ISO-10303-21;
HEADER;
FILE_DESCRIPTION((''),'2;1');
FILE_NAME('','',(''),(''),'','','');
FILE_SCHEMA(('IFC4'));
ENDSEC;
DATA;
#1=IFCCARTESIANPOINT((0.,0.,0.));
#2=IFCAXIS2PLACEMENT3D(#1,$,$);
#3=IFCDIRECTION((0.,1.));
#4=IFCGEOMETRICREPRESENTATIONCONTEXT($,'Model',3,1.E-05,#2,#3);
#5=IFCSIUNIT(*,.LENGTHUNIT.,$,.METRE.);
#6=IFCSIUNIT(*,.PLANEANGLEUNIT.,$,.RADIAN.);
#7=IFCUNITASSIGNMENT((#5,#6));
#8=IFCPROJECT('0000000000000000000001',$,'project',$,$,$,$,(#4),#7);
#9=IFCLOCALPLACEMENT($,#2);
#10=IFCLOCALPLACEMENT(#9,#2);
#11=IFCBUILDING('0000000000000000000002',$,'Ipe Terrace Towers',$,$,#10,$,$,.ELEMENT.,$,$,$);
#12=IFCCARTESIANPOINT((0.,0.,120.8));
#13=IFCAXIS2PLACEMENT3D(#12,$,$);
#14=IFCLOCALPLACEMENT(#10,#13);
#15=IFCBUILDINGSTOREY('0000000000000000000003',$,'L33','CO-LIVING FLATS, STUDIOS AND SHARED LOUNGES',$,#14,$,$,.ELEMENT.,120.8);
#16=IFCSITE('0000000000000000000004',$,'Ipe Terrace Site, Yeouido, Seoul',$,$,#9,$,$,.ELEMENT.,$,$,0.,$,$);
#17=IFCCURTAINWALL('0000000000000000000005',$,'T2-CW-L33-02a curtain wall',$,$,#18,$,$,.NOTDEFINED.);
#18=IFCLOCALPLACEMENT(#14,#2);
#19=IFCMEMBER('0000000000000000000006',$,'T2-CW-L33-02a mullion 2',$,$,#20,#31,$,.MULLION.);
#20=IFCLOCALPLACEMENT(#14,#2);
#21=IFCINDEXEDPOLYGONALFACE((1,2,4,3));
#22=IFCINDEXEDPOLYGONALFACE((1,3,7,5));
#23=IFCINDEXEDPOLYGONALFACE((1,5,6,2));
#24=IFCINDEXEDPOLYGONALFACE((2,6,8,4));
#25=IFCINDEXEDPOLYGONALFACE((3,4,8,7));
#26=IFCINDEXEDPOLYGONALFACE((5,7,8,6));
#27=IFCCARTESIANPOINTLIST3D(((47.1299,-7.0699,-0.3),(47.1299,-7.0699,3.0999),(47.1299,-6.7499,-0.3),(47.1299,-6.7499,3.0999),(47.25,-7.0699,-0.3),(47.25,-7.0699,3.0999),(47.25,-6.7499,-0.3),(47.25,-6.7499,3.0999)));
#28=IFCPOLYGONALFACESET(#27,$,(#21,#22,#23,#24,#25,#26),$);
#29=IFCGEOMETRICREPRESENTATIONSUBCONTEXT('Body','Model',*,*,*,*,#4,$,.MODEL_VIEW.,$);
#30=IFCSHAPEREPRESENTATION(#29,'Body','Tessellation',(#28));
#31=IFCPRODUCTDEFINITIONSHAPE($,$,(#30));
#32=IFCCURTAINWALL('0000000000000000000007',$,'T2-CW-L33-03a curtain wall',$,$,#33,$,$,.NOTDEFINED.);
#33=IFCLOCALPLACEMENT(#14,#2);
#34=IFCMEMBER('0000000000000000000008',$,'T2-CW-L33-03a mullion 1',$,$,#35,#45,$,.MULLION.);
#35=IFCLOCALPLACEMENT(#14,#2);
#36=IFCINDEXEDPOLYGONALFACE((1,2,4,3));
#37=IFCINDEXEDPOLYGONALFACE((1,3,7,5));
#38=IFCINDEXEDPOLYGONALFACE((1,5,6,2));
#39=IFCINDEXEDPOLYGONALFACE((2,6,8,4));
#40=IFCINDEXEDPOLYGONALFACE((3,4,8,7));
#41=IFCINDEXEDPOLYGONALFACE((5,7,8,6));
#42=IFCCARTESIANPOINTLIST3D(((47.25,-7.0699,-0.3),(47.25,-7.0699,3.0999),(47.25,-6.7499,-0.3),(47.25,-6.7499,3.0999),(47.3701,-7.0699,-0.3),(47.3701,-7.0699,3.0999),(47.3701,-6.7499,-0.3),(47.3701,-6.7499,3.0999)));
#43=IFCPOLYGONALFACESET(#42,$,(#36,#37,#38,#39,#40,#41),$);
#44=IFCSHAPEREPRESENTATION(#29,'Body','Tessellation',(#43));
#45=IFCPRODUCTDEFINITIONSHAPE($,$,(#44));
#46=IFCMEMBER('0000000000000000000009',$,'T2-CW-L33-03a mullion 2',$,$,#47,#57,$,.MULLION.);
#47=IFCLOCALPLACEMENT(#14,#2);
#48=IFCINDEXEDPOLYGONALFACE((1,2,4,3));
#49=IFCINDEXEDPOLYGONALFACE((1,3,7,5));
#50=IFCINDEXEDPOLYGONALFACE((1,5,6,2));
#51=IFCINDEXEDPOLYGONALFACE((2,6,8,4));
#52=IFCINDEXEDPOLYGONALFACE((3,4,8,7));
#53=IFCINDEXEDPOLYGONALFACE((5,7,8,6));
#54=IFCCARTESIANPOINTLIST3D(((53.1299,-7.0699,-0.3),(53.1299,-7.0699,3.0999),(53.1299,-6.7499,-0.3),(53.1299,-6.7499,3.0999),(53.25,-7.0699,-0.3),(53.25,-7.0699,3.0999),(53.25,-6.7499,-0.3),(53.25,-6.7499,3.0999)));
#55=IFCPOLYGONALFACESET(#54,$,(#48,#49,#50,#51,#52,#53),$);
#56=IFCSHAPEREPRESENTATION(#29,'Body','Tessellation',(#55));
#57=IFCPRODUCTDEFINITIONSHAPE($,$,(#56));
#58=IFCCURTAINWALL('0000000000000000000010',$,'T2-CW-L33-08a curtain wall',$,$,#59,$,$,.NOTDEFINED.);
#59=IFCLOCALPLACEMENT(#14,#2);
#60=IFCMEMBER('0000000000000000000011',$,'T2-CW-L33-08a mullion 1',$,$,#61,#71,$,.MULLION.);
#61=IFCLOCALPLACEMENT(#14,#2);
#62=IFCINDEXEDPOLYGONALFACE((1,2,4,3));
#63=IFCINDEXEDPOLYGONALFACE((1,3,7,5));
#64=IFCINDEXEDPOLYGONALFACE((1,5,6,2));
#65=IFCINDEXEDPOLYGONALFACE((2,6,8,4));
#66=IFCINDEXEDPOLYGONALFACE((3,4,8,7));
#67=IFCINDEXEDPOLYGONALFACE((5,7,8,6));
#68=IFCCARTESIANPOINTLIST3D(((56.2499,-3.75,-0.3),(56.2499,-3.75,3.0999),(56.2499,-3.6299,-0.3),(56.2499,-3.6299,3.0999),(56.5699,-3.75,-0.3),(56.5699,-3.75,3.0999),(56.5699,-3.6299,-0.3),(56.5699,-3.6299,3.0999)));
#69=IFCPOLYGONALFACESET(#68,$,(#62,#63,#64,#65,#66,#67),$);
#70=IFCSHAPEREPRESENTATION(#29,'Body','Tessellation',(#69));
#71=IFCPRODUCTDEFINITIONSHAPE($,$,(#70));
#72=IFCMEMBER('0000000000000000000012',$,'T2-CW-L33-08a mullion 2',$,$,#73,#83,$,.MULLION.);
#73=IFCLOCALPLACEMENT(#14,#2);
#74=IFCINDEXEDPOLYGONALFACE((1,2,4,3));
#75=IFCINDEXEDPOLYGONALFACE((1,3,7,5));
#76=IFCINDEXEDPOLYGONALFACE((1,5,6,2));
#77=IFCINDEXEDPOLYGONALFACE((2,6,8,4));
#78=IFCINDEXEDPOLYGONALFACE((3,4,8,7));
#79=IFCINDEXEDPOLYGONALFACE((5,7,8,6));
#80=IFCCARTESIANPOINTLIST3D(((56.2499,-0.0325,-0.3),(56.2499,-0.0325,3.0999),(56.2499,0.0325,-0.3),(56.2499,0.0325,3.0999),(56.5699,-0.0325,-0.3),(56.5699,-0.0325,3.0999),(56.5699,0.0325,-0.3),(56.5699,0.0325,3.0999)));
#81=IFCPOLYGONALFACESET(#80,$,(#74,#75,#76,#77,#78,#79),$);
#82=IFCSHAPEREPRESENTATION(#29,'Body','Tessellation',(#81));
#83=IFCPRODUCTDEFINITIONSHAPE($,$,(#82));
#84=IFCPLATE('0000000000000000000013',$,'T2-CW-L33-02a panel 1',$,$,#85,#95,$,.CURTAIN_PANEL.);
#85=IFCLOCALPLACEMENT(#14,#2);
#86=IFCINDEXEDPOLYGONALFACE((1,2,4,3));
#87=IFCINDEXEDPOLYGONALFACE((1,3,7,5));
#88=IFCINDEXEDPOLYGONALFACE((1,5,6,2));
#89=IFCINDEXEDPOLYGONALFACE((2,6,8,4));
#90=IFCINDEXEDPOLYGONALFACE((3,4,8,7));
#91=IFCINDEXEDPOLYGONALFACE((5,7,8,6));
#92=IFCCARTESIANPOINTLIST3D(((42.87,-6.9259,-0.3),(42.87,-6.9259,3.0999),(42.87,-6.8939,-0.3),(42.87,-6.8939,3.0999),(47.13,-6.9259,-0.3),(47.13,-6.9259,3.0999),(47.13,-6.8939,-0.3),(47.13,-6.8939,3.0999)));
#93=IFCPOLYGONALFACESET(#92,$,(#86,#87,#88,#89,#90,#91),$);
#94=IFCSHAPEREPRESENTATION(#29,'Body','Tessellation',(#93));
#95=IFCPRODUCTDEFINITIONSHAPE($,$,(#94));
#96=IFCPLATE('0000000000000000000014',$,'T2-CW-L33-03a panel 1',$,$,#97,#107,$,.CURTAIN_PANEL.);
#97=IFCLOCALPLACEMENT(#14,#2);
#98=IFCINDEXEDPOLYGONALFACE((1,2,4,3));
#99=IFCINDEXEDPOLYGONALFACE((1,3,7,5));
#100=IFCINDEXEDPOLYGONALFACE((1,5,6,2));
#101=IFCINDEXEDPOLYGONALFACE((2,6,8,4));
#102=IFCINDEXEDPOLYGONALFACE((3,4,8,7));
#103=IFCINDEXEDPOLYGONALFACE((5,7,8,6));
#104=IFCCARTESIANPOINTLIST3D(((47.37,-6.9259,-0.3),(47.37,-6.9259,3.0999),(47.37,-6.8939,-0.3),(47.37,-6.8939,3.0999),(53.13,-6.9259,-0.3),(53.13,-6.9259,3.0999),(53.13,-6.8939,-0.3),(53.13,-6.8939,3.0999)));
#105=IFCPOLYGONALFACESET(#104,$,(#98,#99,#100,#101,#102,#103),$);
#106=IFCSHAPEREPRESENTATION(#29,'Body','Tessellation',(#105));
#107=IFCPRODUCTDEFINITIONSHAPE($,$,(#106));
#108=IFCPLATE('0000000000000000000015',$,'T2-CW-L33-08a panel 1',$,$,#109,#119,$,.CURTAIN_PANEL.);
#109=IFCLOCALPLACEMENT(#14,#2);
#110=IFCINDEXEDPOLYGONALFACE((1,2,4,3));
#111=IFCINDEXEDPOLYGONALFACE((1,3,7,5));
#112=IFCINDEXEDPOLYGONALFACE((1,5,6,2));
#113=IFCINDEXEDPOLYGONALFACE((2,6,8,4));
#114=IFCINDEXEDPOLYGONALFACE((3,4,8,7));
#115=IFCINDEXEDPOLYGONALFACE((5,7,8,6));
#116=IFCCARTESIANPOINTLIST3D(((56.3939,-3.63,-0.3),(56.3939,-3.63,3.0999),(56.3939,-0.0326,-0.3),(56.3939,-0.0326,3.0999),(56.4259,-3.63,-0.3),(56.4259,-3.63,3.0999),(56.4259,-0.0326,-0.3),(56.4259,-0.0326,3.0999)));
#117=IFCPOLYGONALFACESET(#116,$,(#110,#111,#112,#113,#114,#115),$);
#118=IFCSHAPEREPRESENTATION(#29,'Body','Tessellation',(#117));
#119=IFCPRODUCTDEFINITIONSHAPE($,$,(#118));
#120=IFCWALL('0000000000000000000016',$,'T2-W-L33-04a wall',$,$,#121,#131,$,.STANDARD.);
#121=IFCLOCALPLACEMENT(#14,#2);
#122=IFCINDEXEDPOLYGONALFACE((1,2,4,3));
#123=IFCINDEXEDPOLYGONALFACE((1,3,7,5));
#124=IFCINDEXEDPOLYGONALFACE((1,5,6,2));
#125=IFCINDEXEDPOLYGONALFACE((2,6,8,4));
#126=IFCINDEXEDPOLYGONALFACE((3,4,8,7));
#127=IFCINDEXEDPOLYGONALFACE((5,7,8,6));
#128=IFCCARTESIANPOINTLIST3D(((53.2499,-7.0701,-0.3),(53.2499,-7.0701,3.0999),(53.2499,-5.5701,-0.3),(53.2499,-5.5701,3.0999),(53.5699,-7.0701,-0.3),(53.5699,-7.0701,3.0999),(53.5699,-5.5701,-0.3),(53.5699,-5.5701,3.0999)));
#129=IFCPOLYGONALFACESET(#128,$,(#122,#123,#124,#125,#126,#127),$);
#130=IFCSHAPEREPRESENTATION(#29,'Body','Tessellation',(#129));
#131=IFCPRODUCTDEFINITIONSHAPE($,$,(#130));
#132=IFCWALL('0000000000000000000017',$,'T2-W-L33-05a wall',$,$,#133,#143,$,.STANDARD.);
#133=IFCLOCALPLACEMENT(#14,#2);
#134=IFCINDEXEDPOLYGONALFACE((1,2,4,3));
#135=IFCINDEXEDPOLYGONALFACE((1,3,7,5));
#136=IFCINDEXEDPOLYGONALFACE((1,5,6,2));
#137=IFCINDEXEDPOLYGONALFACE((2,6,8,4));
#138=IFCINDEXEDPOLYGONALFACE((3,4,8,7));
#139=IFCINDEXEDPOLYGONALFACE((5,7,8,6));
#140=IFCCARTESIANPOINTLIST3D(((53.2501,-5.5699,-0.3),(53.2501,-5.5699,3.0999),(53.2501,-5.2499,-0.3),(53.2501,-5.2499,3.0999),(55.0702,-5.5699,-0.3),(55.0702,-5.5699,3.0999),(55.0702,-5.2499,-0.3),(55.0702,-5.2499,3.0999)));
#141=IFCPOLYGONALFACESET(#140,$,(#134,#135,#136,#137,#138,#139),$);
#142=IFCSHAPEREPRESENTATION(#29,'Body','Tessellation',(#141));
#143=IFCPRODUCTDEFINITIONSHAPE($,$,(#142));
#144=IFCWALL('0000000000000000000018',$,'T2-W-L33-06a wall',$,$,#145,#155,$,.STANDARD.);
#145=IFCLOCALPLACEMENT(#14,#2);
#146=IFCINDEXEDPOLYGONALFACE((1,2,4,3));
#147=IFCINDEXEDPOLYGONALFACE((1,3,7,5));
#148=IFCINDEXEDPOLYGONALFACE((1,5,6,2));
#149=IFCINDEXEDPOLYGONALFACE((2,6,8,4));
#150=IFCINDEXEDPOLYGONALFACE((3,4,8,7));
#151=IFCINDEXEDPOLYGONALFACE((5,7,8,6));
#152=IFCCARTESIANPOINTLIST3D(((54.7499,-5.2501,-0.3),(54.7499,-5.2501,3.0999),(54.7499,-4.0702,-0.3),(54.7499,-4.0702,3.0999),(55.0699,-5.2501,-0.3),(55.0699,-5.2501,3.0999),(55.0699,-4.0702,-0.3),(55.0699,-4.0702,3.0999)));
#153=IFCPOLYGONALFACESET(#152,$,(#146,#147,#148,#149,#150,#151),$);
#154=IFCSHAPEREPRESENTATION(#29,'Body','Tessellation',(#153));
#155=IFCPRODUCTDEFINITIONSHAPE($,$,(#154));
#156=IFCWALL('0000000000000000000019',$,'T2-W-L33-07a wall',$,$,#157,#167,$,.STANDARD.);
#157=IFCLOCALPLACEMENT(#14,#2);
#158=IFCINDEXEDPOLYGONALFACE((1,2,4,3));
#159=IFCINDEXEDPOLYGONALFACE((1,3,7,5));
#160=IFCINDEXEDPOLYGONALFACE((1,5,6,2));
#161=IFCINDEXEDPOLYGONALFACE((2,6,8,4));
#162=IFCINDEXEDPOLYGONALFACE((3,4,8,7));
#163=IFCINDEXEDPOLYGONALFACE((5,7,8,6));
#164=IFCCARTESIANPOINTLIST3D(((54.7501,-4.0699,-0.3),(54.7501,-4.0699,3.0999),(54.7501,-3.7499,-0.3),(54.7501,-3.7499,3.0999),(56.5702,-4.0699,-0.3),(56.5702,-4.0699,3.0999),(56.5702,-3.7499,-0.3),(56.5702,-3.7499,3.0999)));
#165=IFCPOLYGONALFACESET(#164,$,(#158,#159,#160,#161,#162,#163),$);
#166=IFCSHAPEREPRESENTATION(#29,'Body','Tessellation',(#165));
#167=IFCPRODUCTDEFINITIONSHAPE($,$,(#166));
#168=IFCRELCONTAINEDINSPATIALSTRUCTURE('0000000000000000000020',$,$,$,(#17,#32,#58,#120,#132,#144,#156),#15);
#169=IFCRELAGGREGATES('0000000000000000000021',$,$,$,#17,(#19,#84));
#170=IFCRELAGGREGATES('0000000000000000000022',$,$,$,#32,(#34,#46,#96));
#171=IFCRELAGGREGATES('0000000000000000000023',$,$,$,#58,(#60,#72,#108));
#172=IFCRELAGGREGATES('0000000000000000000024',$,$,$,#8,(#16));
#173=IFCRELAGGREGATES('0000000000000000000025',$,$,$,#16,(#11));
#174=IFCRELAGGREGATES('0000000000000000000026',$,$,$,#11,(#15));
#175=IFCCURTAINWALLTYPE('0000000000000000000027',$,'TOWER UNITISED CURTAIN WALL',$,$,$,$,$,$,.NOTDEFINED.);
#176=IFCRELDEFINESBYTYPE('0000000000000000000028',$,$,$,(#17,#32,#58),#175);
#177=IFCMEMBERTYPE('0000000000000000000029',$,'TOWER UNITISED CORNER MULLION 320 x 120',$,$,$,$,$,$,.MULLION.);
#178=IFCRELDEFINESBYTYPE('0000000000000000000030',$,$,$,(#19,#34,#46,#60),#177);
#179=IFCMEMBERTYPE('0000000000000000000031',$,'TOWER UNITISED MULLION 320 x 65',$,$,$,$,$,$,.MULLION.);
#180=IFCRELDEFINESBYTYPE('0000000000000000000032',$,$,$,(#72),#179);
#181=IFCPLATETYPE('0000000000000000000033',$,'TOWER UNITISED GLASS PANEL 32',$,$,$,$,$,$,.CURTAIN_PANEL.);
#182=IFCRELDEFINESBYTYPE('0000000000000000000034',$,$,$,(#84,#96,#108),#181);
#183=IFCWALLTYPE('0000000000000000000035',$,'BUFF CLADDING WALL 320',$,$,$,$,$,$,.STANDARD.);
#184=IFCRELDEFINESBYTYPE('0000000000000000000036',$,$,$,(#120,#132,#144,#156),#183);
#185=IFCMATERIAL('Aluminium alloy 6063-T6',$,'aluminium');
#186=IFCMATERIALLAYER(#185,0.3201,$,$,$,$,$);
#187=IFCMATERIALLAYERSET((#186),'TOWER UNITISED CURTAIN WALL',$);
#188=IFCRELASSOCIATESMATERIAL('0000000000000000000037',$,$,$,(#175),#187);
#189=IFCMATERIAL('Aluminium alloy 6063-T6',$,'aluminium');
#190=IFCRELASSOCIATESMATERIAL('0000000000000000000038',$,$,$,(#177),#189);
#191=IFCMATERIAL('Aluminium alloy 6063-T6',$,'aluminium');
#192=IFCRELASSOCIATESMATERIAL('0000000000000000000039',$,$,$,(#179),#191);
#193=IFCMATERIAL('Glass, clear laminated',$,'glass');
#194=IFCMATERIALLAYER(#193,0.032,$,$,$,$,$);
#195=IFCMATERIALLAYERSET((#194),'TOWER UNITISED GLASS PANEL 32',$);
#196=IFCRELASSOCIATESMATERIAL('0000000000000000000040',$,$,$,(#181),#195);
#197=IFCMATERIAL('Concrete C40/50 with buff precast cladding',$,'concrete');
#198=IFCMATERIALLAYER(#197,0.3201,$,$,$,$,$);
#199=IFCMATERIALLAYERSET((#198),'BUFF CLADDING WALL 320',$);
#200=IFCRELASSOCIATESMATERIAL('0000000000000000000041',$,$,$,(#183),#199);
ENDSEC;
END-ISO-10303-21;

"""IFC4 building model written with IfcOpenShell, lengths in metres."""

from ifc_helpers import new_model, si_unit, direction, frame, frame_2d, origin, origin_2d, place, context, subcontext, project, spatial, rectangle, extrude, material, layer, layer_set, material_profile, profile_set, type_object, element, aggregate, save


model = new_model("IFC4")

# Units and contexts
model_context = context("Model", 3, precision=1e-05, world=origin(), true_north=direction((0.0, 1.0)))
body_context = subcontext(model_context, "Body", "Model", "MODEL_VIEW")
ifc_project = project(units=[si_unit("LENGTHUNIT", "METRE"), si_unit("PLANEANGLEUNIT", "RADIAN")], contexts=[model_context])

# Site, building, storey
site_placement = place(None, origin())
site = spatial("IfcSite", under=ifc_project, at=site_placement, Name="Ipe Terrace Site, Yeouido, Seoul", CompositionType="ELEMENT", RefElevation=0.0)
building_placement = place(site_placement, origin())
building = spatial("IfcBuilding", under=site, at=building_placement, Name="Ipe Terrace Towers", CompositionType="ELEMENT")
storey_placement = place(building_placement, frame((0.0, 0.0, 120.8)))
storey = spatial("IfcBuildingStorey", under=building, at=storey_placement, Name="L33", Description="CO-LIVING FLATS, STUDIOS AND SHARED LOUNGES", CompositionType="ELEMENT", Elevation=120.8)

# Curtain walls, members
ifc_material_1 = material(Name="Aluminium alloy 6063-T6", Category="aluminium")
ifc_layer_1 = layer(ifc_material_1, 0.3201)
ifc_layer_set_1 = layer_set([ifc_layer_1], Name="TOWER UNITISED CURTAIN WALL")
curtain_wall_type = type_object("IfcCurtainWallType", Name="TOWER UNITISED CURTAIN WALL", PredefinedType="NOTDEFINED", material=ifc_layer_set_1)
curtain_wall_1_placement = place(storey_placement, origin())
curtain_wall_1 = element("IfcCurtainWall", 1, at=curtain_wall_1_placement, inside=storey, type_object=curtain_wall_type, Name="T2-CW-L33-02a curtain wall", PredefinedType="NOTDEFINED")
ifc_material_2 = material(Name="Aluminium alloy 6063-T6", Category="aluminium")
ifc_material_profile_1 = material_profile(ifc_material_2, rectangle(XDim=0.3201, YDim=0.1201, at=origin_2d()), Name="TOWER UNITISED CORNER MULLION 320 x 120")
ifc_profile_set_1 = profile_set([ifc_material_profile_1], Name="Aluminium alloy 6063-T6")
member_type_1 = type_object("IfcMemberType", Name="TOWER UNITISED CORNER MULLION 320 x 120", PredefinedType="MULLION", material=ifc_profile_set_1)
member_1_placement = place(storey_placement, frame((47.1899, -6.9099, -0.3), z_axis=(0.0, 0.0, 1.0), x_axis=(0.0, -1.0, 0.0)))
member_1 = element("IfcMember", 2, at=member_1_placement, type_object=member_type_1, Name="T2-CW-L33-02a mullion 2", PredefinedType="MULLION", context=body_context, shape_type="SweptSolid", body=[
    extrude(rectangle(XDim=0.3201, YDim=0.1201, at=origin_2d()), origin(), (0.0, 0.0, 1.0), 3.3999),
])
curtain_wall_2_placement = place(storey_placement, origin())
curtain_wall_2 = element("IfcCurtainWall", 3, at=curtain_wall_2_placement, inside=storey, type_object=curtain_wall_type, Name="T2-CW-L33-03a curtain wall", PredefinedType="NOTDEFINED")
member_2_placement = place(storey_placement, frame((47.3101, -6.9099, -0.3), z_axis=(0.0, 0.0, 1.0), x_axis=(0.0, -1.0, 0.0)))
member_2 = element("IfcMember", 4, at=member_2_placement, type_object=member_type_1, Name="T2-CW-L33-03a mullion 1", PredefinedType="MULLION", context=body_context, shape_type="SweptSolid", body=[
    extrude(rectangle(XDim=0.3201, YDim=0.1201, at=origin_2d()), origin(), (0.0, 0.0, 1.0), 3.3999),
])
member_3_placement = place(storey_placement, frame((53.1899, -6.9099, -0.3), z_axis=(0.0, 0.0, 1.0), x_axis=(0.0, -1.0, 0.0)))
member_3 = element("IfcMember", 5, at=member_3_placement, type_object=member_type_1, Name="T2-CW-L33-03a mullion 2", PredefinedType="MULLION", context=body_context, shape_type="SweptSolid", body=[
    extrude(rectangle(XDim=0.3201, YDim=0.1201, at=origin_2d()), origin(), (0.0, 0.0, 1.0), 3.3999),
])
curtain_wall_3_placement = place(storey_placement, origin())
curtain_wall_3 = element("IfcCurtainWall", 6, at=curtain_wall_3_placement, inside=storey, type_object=curtain_wall_type, Name="T2-CW-L33-08a curtain wall", PredefinedType="NOTDEFINED")
member_4_placement = place(storey_placement, frame((56.4099, -3.6899, -0.3), z_axis=(0.0, 0.0, 1.0), x_axis=(1.0, 0.0, 0.0)))
member_4 = element("IfcMember", 7, at=member_4_placement, type_object=member_type_1, Name="T2-CW-L33-08a mullion 1", PredefinedType="MULLION", context=body_context, shape_type="SweptSolid", body=[
    extrude(rectangle(XDim=0.3201, YDim=0.1201, at=origin_2d()), origin(), (0.0, 0.0, 1.0), 3.3999),
])
ifc_material_3 = material(Name="Aluminium alloy 6063-T6", Category="aluminium")
ifc_material_profile_2 = material_profile(ifc_material_3, rectangle(XDim=0.3201, YDim=0.0649, at=origin_2d()), Name="TOWER UNITISED MULLION 320 x 65")
ifc_profile_set_2 = profile_set([ifc_material_profile_2], Name="Aluminium alloy 6063-T6")
member_type_2 = type_object("IfcMemberType", Name="TOWER UNITISED MULLION 320 x 65", PredefinedType="MULLION", material=ifc_profile_set_2)
member_5_placement = place(storey_placement, frame((56.4099, 0.0, -0.3), z_axis=(0.0, 0.0, 1.0), x_axis=(1.0, 0.0, 0.0)))
member_5 = element("IfcMember", 8, at=member_5_placement, type_object=member_type_2, Name="T2-CW-L33-08a mullion 2", PredefinedType="MULLION", context=body_context, shape_type="SweptSolid", body=[
    extrude(rectangle(XDim=0.3201, YDim=0.0649, at=origin_2d()), origin(), (0.0, 0.0, 1.0), 3.3999),
])

# Plates
ifc_material_4 = material(Name="Glass, clear laminated", Category="glass")
ifc_layer_2 = layer(ifc_material_4, 0.032)
ifc_layer_set_2 = layer_set([ifc_layer_2], Name="TOWER UNITISED GLASS PANEL 32")
plate_type = type_object("IfcPlateType", Name="TOWER UNITISED GLASS PANEL 32", PredefinedType="CURTAIN_PANEL", material=ifc_layer_set_2)
plate_1_placement = place(storey_placement, frame((45.0, -6.9099, -0.3), z_axis=(0.0, 0.0, 1.0), x_axis=(1.0, 0.0, 0.0)))
plate_1 = element("IfcPlate", 9, at=plate_1_placement, type_object=plate_type, Name="T2-CW-L33-02a panel 1", PredefinedType="CURTAIN_PANEL", context=body_context, shape_type="SweptSolid", body=[
    extrude(rectangle(XDim=4.26, YDim=0.032, at=origin_2d()), origin(), (0.0, 0.0, 1.0), 3.3999),
])
aggregate(curtain_wall_1, [member_1, plate_1])
plate_2_placement = place(storey_placement, frame((50.25, -6.9099, -0.3), z_axis=(0.0, 0.0, 1.0), x_axis=(1.0, 0.0, 0.0)))
plate_2 = element("IfcPlate", 10, at=plate_2_placement, type_object=plate_type, Name="T2-CW-L33-03a panel 1", PredefinedType="CURTAIN_PANEL", context=body_context, shape_type="SweptSolid", body=[
    extrude(rectangle(XDim=5.76, YDim=0.032, at=origin_2d()), origin(), (0.0, 0.0, 1.0), 3.3999),
])
aggregate(curtain_wall_2, [member_2, member_3, plate_2])
plate_3_placement = place(storey_placement, frame((56.4099, -1.8313, -0.3), z_axis=(0.0, 0.0, 1.0), x_axis=(0.0, 1.0, 0.0)))
plate_3 = element("IfcPlate", 11, at=plate_3_placement, type_object=plate_type, Name="T2-CW-L33-08a panel 1", PredefinedType="CURTAIN_PANEL", context=body_context, shape_type="SweptSolid", body=[
    extrude(rectangle(XDim=3.5974, YDim=0.032, at=origin_2d()), origin(), (0.0, 0.0, 1.0), 3.3999),
])
aggregate(curtain_wall_3, [member_4, member_5, plate_3])

# Walls
ifc_material_5 = material(Name="Concrete C40/50 with buff precast cladding", Category="concrete")
ifc_layer_3 = layer(ifc_material_5, 0.3201)
ifc_layer_set_3 = layer_set([ifc_layer_3], Name="BUFF CLADDING WALL 320")
wall_type_1 = type_object("IfcWallType", Name="BUFF CLADDING WALL 320", PredefinedType="STANDARD", material=ifc_layer_set_3)
wall_1_placement = place(storey_placement, frame((53.4099, -7.0701, -0.3), z_axis=(0.0, 0.0, 1.0), x_axis=(0.0, 1.0, 0.0)))
element("IfcWall", 12, at=wall_1_placement, inside=storey, type_object=wall_type_1, Name="T2-W-L33-04a wall", PredefinedType="STANDARD", context=body_context, shape_type="SweptSolid", body=[
    extrude(rectangle(XDim=1.5, YDim=0.3201, at=frame_2d((0.75, 0.0))), origin(), (0.0, 0.0, 1.0), 3.3999),
])
wall_2_placement = place(storey_placement, frame((53.25, -5.4099, -0.3), z_axis=(0.0, 0.0, 1.0), x_axis=(1.0, 0.0, 0.0)))
element("IfcWall", 13, at=wall_2_placement, inside=storey, type_object=wall_type_1, Name="T2-W-L33-05a wall", PredefinedType="STANDARD", context=body_context, shape_type="SweptSolid", body=[
    extrude(rectangle(XDim=1.8201, YDim=0.3201, at=frame_2d((0.9102, 0.0))), origin(), (0.0, 0.0, 1.0), 3.3999),
])
wall_3_placement = place(storey_placement, frame((54.9099, -5.25, -0.3), z_axis=(0.0, 0.0, 1.0), x_axis=(0.0, 1.0, 0.0)))
element("IfcWall", 14, at=wall_3_placement, inside=storey, type_object=wall_type_1, Name="T2-W-L33-06a wall", PredefinedType="STANDARD", context=body_context, shape_type="SweptSolid", body=[
    extrude(rectangle(XDim=1.1799, YDim=0.3201, at=frame_2d((0.5898, 0.0))), origin(), (0.0, 0.0, 1.0), 3.3999),
])
wall_4_placement = place(storey_placement, frame((54.75, -3.9099, -0.3), z_axis=(0.0, 0.0, 1.0), x_axis=(1.0, 0.0, 0.0)))
element("IfcWall", 15, at=wall_4_placement, inside=storey, type_object=wall_type_1, Name="T2-W-L33-07a wall", PredefinedType="STANDARD", context=body_context, shape_type="SweptSolid", body=[
    extrude(rectangle(XDim=1.8201, YDim=0.3201, at=frame_2d((0.9102, 0.0))), origin(), (0.0, 0.0, 1.0), 3.3999),
])

save(model, "model.ifc")
